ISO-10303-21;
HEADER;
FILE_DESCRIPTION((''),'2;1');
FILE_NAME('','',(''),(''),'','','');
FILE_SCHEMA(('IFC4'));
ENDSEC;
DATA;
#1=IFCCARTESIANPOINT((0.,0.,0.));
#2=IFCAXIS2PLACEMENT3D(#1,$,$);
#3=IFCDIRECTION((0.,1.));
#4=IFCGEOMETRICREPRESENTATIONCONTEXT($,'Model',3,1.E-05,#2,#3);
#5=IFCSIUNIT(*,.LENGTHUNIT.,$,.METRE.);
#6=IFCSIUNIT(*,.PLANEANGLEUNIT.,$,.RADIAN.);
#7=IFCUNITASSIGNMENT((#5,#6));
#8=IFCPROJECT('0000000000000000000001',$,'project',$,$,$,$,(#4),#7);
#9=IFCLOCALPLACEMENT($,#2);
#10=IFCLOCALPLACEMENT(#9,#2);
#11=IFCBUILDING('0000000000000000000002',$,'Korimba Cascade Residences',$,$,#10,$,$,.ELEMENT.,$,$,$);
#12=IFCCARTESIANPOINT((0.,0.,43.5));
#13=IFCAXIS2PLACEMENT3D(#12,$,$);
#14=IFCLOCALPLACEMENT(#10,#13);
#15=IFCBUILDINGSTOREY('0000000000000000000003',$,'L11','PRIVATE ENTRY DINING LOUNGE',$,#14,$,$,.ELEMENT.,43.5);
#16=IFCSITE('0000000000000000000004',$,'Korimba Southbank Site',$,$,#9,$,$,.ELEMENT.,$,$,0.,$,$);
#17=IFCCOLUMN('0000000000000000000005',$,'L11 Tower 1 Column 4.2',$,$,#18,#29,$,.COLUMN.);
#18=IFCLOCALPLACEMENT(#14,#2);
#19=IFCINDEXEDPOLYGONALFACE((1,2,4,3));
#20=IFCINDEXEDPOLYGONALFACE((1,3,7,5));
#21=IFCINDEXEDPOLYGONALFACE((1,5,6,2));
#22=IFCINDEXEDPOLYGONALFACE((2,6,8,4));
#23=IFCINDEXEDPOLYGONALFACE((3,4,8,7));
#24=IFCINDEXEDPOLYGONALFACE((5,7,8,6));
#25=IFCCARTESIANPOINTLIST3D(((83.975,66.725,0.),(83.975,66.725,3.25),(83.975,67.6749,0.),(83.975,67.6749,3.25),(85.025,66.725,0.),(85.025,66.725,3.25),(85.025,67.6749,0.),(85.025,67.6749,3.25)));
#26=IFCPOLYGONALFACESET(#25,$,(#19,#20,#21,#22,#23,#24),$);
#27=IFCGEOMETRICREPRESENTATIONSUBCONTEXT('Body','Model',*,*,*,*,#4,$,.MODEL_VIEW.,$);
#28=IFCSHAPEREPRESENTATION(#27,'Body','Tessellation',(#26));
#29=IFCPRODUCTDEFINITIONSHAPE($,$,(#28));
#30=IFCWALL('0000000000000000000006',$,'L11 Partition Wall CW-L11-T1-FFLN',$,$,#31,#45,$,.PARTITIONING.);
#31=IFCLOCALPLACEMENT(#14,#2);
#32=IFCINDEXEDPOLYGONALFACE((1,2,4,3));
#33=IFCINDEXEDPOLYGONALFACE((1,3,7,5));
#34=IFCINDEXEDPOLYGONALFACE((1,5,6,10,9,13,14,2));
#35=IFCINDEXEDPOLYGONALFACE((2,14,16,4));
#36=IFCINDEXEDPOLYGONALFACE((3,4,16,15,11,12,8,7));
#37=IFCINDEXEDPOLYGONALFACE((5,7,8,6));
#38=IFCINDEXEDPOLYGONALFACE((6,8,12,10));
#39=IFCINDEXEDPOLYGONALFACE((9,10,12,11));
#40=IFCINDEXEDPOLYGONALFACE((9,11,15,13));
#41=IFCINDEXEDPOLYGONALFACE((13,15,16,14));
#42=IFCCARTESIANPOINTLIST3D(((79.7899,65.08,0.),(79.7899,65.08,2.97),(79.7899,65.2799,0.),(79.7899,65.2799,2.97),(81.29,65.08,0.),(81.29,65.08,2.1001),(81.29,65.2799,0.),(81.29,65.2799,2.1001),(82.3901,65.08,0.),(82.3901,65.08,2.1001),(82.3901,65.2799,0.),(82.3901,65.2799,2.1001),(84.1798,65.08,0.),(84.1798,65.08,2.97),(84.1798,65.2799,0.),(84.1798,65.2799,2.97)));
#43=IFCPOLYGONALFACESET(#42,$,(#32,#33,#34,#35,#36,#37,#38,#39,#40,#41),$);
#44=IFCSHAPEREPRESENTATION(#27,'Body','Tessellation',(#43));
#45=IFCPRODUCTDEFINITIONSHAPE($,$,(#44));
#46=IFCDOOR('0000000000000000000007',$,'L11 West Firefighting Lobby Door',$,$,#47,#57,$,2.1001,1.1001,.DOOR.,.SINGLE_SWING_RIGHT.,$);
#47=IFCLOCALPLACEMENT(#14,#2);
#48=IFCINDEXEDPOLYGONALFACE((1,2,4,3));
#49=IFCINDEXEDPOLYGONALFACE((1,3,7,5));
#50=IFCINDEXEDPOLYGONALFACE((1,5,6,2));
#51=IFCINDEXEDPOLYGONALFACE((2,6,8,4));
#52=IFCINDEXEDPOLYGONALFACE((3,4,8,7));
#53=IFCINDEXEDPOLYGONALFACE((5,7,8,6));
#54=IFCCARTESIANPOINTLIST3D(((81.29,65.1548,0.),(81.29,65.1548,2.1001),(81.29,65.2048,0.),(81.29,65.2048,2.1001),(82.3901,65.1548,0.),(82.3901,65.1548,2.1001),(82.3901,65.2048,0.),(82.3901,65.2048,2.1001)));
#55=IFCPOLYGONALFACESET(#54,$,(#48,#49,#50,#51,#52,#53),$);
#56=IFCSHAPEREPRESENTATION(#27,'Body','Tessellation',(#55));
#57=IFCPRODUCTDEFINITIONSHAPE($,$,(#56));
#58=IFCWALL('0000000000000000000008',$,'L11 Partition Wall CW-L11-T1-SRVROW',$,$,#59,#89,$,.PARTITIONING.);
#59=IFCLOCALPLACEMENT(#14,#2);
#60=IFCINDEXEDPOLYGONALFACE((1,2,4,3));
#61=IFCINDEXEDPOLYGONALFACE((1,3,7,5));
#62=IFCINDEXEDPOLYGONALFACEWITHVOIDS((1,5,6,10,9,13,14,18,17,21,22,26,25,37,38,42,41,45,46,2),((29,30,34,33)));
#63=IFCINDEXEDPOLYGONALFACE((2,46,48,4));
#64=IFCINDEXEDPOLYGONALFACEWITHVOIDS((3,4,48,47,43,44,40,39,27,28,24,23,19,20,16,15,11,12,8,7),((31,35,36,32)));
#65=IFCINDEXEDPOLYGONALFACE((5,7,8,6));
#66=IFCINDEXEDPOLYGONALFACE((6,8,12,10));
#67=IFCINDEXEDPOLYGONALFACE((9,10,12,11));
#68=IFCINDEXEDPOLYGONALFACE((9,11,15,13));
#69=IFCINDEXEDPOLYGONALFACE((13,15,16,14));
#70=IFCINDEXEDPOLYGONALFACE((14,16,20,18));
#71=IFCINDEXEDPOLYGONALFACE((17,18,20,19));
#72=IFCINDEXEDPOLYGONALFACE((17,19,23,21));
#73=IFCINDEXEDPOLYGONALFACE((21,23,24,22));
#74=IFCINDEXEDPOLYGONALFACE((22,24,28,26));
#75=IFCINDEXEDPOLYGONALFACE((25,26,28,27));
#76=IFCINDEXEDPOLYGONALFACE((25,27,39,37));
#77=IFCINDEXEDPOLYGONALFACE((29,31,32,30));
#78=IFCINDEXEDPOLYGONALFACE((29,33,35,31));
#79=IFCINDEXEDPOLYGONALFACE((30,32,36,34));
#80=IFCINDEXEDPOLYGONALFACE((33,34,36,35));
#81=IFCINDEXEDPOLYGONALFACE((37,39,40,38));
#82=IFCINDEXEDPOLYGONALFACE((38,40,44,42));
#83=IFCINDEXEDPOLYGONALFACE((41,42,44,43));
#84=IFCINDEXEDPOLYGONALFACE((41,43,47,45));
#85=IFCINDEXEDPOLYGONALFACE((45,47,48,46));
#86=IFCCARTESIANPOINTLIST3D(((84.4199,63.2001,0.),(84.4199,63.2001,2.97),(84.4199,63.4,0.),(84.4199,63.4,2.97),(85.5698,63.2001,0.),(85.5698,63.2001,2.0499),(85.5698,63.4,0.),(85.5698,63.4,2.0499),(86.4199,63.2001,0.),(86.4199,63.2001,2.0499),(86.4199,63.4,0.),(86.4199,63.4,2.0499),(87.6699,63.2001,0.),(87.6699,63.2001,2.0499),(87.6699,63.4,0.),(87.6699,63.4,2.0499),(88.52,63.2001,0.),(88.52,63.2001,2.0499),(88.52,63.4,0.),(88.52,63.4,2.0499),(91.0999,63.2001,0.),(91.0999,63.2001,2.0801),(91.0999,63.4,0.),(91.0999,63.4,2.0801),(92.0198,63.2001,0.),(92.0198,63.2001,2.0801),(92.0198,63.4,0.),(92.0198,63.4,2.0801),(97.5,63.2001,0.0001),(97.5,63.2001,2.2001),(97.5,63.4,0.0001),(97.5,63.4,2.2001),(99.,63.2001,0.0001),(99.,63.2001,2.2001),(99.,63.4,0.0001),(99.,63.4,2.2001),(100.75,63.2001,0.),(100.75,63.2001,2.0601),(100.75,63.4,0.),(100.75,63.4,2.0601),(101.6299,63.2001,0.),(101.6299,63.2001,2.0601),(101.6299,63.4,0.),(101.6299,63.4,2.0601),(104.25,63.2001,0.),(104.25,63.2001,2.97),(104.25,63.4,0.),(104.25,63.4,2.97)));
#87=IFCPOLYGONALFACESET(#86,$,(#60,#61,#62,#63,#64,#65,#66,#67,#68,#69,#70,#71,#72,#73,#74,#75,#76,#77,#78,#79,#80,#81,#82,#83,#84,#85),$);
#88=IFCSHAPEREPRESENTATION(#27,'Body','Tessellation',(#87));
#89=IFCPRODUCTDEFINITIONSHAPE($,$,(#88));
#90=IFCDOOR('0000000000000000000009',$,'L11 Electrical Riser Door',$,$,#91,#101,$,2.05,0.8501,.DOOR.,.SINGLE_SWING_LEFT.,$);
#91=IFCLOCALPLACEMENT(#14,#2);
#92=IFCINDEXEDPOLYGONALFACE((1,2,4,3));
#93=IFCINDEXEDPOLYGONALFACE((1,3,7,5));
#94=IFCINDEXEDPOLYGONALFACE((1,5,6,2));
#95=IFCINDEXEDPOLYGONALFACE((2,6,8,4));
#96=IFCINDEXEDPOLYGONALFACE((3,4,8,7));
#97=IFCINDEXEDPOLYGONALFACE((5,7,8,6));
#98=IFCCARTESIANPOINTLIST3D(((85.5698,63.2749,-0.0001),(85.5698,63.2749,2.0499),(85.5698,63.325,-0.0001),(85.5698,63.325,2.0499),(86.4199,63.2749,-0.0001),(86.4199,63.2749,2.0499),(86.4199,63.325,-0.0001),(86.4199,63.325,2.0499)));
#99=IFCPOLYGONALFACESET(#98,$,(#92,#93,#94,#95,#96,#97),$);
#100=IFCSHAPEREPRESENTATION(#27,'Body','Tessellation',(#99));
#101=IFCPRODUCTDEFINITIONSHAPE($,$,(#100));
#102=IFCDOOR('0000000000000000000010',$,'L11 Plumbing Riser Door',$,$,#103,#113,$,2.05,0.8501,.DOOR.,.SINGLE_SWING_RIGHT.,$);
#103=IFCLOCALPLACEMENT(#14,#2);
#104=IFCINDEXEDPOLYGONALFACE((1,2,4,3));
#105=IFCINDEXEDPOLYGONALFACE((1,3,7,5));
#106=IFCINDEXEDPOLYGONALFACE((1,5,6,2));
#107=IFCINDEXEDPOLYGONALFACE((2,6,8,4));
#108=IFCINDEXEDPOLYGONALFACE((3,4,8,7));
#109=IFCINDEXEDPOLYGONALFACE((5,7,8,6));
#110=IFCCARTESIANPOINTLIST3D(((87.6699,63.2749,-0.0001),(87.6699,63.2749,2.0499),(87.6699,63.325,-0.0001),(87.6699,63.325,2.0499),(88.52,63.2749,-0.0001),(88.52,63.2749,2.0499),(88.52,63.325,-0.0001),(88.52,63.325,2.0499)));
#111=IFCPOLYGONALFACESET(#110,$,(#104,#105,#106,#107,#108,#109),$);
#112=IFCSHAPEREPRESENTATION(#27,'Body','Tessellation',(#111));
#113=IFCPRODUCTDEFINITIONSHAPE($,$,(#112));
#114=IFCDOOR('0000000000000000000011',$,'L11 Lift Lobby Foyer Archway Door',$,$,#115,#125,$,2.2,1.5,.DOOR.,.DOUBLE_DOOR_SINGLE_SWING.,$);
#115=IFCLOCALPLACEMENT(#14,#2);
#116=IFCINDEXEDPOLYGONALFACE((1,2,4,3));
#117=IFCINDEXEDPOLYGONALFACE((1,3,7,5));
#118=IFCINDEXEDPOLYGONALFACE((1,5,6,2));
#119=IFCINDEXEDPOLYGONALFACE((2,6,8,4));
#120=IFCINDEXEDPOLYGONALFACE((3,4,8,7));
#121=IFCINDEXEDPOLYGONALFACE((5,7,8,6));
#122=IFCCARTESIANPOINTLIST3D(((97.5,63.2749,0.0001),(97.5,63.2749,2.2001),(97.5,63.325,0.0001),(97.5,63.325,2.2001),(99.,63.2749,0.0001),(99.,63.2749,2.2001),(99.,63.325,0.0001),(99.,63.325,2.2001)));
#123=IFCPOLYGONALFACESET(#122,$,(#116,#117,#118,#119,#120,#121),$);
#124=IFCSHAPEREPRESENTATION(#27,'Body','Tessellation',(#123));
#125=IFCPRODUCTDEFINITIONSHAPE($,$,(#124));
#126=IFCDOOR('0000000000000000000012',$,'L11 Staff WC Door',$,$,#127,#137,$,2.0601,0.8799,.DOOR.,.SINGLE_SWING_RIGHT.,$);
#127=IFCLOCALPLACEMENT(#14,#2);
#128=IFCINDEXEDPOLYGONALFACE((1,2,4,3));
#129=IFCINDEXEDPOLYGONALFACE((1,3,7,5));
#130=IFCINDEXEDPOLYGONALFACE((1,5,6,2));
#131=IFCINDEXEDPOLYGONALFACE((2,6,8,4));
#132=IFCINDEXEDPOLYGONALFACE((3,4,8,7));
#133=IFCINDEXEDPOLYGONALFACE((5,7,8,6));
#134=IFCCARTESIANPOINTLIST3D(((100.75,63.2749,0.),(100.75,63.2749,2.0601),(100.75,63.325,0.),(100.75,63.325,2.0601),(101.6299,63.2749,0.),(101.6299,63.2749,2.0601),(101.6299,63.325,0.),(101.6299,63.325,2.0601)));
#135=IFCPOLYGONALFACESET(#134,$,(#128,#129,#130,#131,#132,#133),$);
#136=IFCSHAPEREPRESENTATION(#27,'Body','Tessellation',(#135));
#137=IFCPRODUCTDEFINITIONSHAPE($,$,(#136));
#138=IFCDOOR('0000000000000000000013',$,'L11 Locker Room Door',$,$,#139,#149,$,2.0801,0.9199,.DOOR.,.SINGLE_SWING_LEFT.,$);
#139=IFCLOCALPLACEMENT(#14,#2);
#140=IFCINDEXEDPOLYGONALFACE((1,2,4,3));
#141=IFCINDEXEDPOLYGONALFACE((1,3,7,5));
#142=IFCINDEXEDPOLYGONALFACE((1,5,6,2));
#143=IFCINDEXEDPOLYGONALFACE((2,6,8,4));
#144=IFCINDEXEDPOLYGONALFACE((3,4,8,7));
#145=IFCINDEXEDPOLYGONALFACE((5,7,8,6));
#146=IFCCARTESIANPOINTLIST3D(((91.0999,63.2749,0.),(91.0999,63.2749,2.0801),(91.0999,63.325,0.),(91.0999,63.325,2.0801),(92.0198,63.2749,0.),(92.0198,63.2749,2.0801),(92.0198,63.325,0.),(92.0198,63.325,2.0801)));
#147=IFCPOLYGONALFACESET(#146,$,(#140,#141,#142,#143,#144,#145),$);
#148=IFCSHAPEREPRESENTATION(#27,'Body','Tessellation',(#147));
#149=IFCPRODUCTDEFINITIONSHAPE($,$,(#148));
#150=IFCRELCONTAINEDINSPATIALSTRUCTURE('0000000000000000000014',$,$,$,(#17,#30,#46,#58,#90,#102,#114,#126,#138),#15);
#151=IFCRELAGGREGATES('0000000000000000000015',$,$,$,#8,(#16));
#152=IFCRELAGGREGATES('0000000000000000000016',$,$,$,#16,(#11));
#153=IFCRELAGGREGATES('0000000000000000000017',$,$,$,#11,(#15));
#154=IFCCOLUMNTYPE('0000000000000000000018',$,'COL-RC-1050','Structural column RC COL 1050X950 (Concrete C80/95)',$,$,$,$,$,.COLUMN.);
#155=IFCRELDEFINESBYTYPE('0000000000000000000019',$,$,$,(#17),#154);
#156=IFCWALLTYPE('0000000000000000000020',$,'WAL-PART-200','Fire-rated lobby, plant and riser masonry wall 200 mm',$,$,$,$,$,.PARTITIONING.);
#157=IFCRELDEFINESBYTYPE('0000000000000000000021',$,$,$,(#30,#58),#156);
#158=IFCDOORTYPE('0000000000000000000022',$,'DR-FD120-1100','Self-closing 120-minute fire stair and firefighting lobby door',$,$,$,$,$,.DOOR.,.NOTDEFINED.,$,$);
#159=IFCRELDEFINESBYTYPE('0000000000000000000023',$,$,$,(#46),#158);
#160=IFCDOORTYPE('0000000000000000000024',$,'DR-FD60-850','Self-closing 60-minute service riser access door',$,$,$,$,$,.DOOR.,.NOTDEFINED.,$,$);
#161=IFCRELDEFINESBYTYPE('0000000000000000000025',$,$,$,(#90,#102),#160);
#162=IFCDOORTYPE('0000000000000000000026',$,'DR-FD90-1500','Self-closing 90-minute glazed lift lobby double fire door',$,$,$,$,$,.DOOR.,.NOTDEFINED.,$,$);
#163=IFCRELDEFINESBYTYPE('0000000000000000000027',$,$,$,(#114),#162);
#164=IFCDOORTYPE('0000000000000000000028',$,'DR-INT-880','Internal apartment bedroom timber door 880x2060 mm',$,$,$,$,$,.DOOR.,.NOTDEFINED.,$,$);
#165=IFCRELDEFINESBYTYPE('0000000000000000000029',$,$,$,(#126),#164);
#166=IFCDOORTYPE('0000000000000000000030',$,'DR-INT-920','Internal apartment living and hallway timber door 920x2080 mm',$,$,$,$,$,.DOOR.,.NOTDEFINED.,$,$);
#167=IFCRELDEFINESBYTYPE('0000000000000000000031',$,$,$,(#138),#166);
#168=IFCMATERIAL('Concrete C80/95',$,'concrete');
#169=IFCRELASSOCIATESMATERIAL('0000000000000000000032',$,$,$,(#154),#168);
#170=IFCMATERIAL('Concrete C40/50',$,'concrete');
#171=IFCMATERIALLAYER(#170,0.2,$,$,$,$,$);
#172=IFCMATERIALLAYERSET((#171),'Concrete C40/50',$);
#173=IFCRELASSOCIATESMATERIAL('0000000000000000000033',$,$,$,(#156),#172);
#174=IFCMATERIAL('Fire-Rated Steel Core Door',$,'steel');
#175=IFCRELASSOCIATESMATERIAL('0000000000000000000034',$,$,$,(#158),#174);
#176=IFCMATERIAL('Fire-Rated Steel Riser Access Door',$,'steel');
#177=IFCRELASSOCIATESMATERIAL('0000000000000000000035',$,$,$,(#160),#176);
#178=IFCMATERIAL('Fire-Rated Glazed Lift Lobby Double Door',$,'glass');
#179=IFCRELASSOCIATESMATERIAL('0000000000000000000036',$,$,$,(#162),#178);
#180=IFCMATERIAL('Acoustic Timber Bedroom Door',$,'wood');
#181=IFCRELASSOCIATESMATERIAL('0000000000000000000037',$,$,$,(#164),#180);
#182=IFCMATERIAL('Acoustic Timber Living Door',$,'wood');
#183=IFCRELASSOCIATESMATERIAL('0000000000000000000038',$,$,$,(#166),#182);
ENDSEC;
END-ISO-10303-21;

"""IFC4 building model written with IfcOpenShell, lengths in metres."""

from ifc_helpers import new_model, si_unit, direction, frame, frame_2d, origin, origin_2d, place, context, subcontext, project, spatial, rectangle, extrude, material, layer, layer_set, material_profile, profile_set, type_object, element, fill, save


model = new_model("IFC4")

# Units and contexts
model_context = context("Model", 3, precision=1e-05, world=origin(), true_north=direction((0.0, 1.0)))
body_context = subcontext(model_context, "Body", "Model", "MODEL_VIEW")
ifc_project = project(units=[si_unit("LENGTHUNIT", "METRE"), si_unit("PLANEANGLEUNIT", "RADIAN")], contexts=[model_context])

# Site, building, storey
site_placement = place(None, origin())
site = spatial("IfcSite", under=ifc_project, at=site_placement, Name="Korimba Southbank Site", CompositionType="ELEMENT", RefElevation=0.0)
building_placement = place(site_placement, origin())
building = spatial("IfcBuilding", under=site, at=building_placement, Name="Korimba Cascade Residences", CompositionType="ELEMENT")
storey_placement = place(building_placement, frame((0.0, 0.0, 43.5)))
storey = spatial("IfcBuildingStorey", under=building, at=storey_placement, Name="L11", Description="PRIVATE ENTRY DINING LOUNGE", CompositionType="ELEMENT", Elevation=43.5)

# Column
ifc_material_1 = material(Name="Concrete C80/95", Category="concrete")
ifc_material_profile = material_profile(ifc_material_1, rectangle(XDim=1.05, YDim=0.95, at=origin_2d()), Name="Concrete C80/95")
ifc_profile_set = profile_set([ifc_material_profile], Name="Concrete C80/95")
column_type = type_object("IfcColumnType", Name="COL-RC-1050", Description="Structural column RC COL 1050X950 (Concrete C80/95)", PredefinedType="COLUMN", material=ifc_profile_set)
column_placement = place(storey_placement, frame((84.5, 67.2, 0.0), z_axis=(0.0, 0.0, 1.0), x_axis=(1.0, 0.0, 0.0)))
element("IfcColumn", 1, at=column_placement, inside=storey, type_object=column_type, Name="L11 Tower 1 Column 4.2", PredefinedType="COLUMN", context=body_context, shape_type="SweptSolid", body=[
    extrude(rectangle(XDim=1.05, YDim=0.95, at=origin_2d()), origin(), (0.0, 0.0, 1.0), 3.25),
])

# Wall, opening, door
ifc_material_2 = material(Name="Concrete C40/50", Category="concrete")
ifc_layer = layer(ifc_material_2, 0.2)
ifc_layer_set = layer_set([ifc_layer], Name="Concrete C40/50")
wall_type = type_object("IfcWallType", Name="WAL-PART-200", Description="Fire-rated lobby, plant and riser masonry wall 200 mm", PredefinedType="PARTITIONING", material=ifc_layer_set)
wall_1_placement = place(storey_placement, frame((79.79, 65.1799, 0.0), z_axis=(0.0, 0.0, 1.0), x_axis=(1.0, 0.0, 0.0)))
wall_1 = element("IfcWall", 2, at=wall_1_placement, inside=storey, type_object=wall_type, Name="L11 Partition Wall CW-L11-T1-FFLN", PredefinedType="PARTITIONING", context=body_context, shape_type="SweptSolid", body=[
    extrude(rectangle(XDim=4.3899, YDim=0.2, at=frame_2d((2.1948, 0.0))), origin(), (0.0, 0.0, 1.0), 2.97),
])
opening_1_placement = place(wall_1_placement, frame((1.5, 0.0, 0.0)))
opening_1 = element("IfcOpeningElement", 3, at=opening_1_placement, cuts=wall_1, PredefinedType="OPENING", context=body_context, shape_type="SweptSolid", body=[
    extrude(rectangle(XDim=1.1001, YDim=2.1001, at=frame_2d((0.55, 1.05))), frame((0.0, 0.1099, 0.0), z_axis=(0.0, -1.0, 0.0), x_axis=(1.0, 0.0, 0.0)), (0.0, 0.0, 1.0), 0.22),
])
ifc_material_3 = material(Name="Fire-Rated Steel Core Door", Category="steel")
door_type_1 = type_object("IfcDoorType", Name="DR-FD120-1100", Description="Self-closing 120-minute fire stair and firefighting lobby door", OperationType="NOTDEFINED", PredefinedType="DOOR", material=ifc_material_3)
door_1_placement = place(opening_1_placement, origin())
door_1 = element("IfcDoor", 4, at=door_1_placement, inside=storey, type_object=door_type_1, Name="L11 West Firefighting Lobby Door", OperationType="SINGLE_SWING_RIGHT", OverallHeight=2.1001, OverallWidth=1.1001, PredefinedType="DOOR", context=body_context, shape_type="SweptSolid", body=[
    extrude(rectangle(XDim=1.1001, YDim=2.1001, at=frame_2d((0.55, 1.05))), frame((0.0, 0.0249, 0.0), z_axis=(0.0, -1.0, 0.0), x_axis=(1.0, 0.0, 0.0)), (0.0, 0.0, 1.0), 0.05),
])
fill(opening_1, door_1)

# Wall, openings, doors
wall_2_placement = place(storey_placement, frame((84.4199, 63.3, 0.0), z_axis=(0.0, 0.0, 1.0), x_axis=(1.0, 0.0, 0.0)))
wall_2 = element("IfcWall", 5, at=wall_2_placement, inside=storey, type_object=wall_type, Name="L11 Partition Wall CW-L11-T1-SRVROW", PredefinedType="PARTITIONING", context=body_context, shape_type="SweptSolid", body=[
    extrude(rectangle(XDim=19.8301, YDim=0.2, at=frame_2d((9.915, 0.0))), origin(), (0.0, 0.0, 1.0), 2.97),
])
opening_2_placement = place(wall_2_placement, frame((1.1499, 0.0, 0.0)))
opening_2 = element("IfcOpeningElement", 6, at=opening_2_placement, cuts=wall_2, PredefinedType="OPENING", context=body_context, shape_type="SweptSolid", body=[
    extrude(rectangle(XDim=0.8501, YDim=2.05, at=frame_2d((0.425, 1.0249))), frame((0.0, 0.1099, 0.0), z_axis=(0.0, -1.0, 0.0), x_axis=(1.0, 0.0, 0.0)), (0.0, 0.0, 1.0), 0.22),
])
opening_3_placement = place(wall_2_placement, frame((3.25, 0.0, 0.0)))
opening_3 = element("IfcOpeningElement", 7, at=opening_3_placement, cuts=wall_2, PredefinedType="OPENING", context=body_context, shape_type="SweptSolid", body=[
    extrude(rectangle(XDim=0.8501, YDim=2.05, at=frame_2d((0.425, 1.0249))), frame((0.0, 0.1099, 0.0), z_axis=(0.0, -1.0, 0.0), x_axis=(1.0, 0.0, 0.0)), (0.0, 0.0, 1.0), 0.22),
])
opening_4_placement = place(wall_2_placement, frame((13.0801, 0.0, 0.0)))
opening_4 = element("IfcOpeningElement", 8, at=opening_4_placement, cuts=wall_2, PredefinedType="OPENING", context=body_context, shape_type="SweptSolid", body=[
    extrude(rectangle(XDim=1.5, YDim=2.2, at=frame_2d((0.75, 1.1001))), frame((0.0, 0.1099, 0.0), z_axis=(0.0, -1.0, 0.0), x_axis=(1.0, 0.0, 0.0)), (0.0, 0.0, 1.0), 0.22),
])
opening_5_placement = place(wall_2_placement, frame((6.6799, 0.0, 0.0)))
opening_5 = element("IfcOpeningElement", 9, at=opening_5_placement, cuts=wall_2, PredefinedType="OPENING", context=body_context, shape_type="SweptSolid", body=[
    extrude(rectangle(XDim=0.9199, YDim=2.0801, at=frame_2d((0.46, 1.04))), frame((0.0, 0.1099, 0.0), z_axis=(0.0, -1.0, 0.0), x_axis=(1.0, 0.0, 0.0)), (0.0, 0.0, 1.0), 0.22),
])
opening_6_placement = place(wall_2_placement, frame((16.3301, 0.0, 0.0)))
opening_6 = element("IfcOpeningElement", 10, at=opening_6_placement, cuts=wall_2, PredefinedType="OPENING", context=body_context, shape_type="SweptSolid", body=[
    extrude(rectangle(XDim=0.8799, YDim=2.0601, at=frame_2d((0.4399, 1.03))), frame((0.0, 0.1099, 0.0), z_axis=(0.0, -1.0, 0.0), x_axis=(1.0, 0.0, 0.0)), (0.0, 0.0, 1.0), 0.22),
])
ifc_material_4 = material(Name="Fire-Rated Steel Riser Access Door", Category="steel")
door_type_2 = type_object("IfcDoorType", Name="DR-FD60-850", Description="Self-closing 60-minute service riser access door", OperationType="NOTDEFINED", PredefinedType="DOOR", material=ifc_material_4)
door_2_placement = place(opening_2_placement, origin())
door_2 = element("IfcDoor", 11, at=door_2_placement, inside=storey, type_object=door_type_2, Name="L11 Electrical Riser Door", OperationType="SINGLE_SWING_LEFT", OverallHeight=2.05, OverallWidth=0.8501, PredefinedType="DOOR", context=body_context, shape_type="SweptSolid", body=[
    extrude(rectangle(XDim=0.8501, YDim=2.05, at=frame_2d((0.425, 1.0249))), frame((0.0, 0.0249, 0.0), z_axis=(0.0, -1.0, 0.0), x_axis=(1.0, 0.0, 0.0)), (0.0, 0.0, 1.0), 0.05),
])
fill(opening_2, door_2)
door_3_placement = place(opening_3_placement, origin())
door_3 = element("IfcDoor", 12, at=door_3_placement, inside=storey, type_object=door_type_2, Name="L11 Plumbing Riser Door", OperationType="SINGLE_SWING_RIGHT", OverallHeight=2.05, OverallWidth=0.8501, PredefinedType="DOOR", context=body_context, shape_type="SweptSolid", body=[
    extrude(rectangle(XDim=0.8501, YDim=2.05, at=frame_2d((0.425, 1.0249))), frame((0.0, 0.0249, 0.0), z_axis=(0.0, -1.0, 0.0), x_axis=(1.0, 0.0, 0.0)), (0.0, 0.0, 1.0), 0.05),
])
fill(opening_3, door_3)
ifc_material_5 = material(Name="Fire-Rated Glazed Lift Lobby Double Door", Category="glass")
door_type_3 = type_object("IfcDoorType", Name="DR-FD90-1500", Description="Self-closing 90-minute glazed lift lobby double fire door", OperationType="NOTDEFINED", PredefinedType="DOOR", material=ifc_material_5)
door_4_placement = place(opening_4_placement, origin())
door_4 = element("IfcDoor", 13, at=door_4_placement, inside=storey, type_object=door_type_3, Name="L11 Lift Lobby Foyer Archway Door", OperationType="DOUBLE_DOOR_SINGLE_SWING", OverallHeight=2.2, OverallWidth=1.5, PredefinedType="DOOR", context=body_context, shape_type="SweptSolid", body=[
    extrude(rectangle(XDim=1.5, YDim=2.2, at=frame_2d((0.75, 1.1001))), frame((0.0, 0.0249, 0.0), z_axis=(0.0, -1.0, 0.0), x_axis=(1.0, 0.0, 0.0)), (0.0, 0.0, 1.0), 0.05),
])
fill(opening_4, door_4)
ifc_material_6 = material(Name="Acoustic Timber Bedroom Door", Category="wood")
door_type_4 = type_object("IfcDoorType", Name="DR-INT-880", Description="Internal apartment bedroom timber door 880x2060 mm", OperationType="NOTDEFINED", PredefinedType="DOOR", material=ifc_material_6)
door_5_placement = place(opening_6_placement, origin())
door_5 = element("IfcDoor", 14, at=door_5_placement, inside=storey, type_object=door_type_4, Name="L11 Staff WC Door", OperationType="SINGLE_SWING_RIGHT", OverallHeight=2.0601, OverallWidth=0.8799, PredefinedType="DOOR", context=body_context, shape_type="SweptSolid", body=[
    extrude(rectangle(XDim=0.8799, YDim=2.0601, at=frame_2d((0.4399, 1.03))), frame((0.0, 0.0249, 0.0), z_axis=(0.0, -1.0, 0.0), x_axis=(1.0, 0.0, 0.0)), (0.0, 0.0, 1.0), 0.05),
])
fill(opening_6, door_5)
ifc_material_7 = material(Name="Acoustic Timber Living Door", Category="wood")
door_type_5 = type_object("IfcDoorType", Name="DR-INT-920", Description="Internal apartment living and hallway timber door 920x2080 mm", OperationType="NOTDEFINED", PredefinedType="DOOR", material=ifc_material_7)
door_6_placement = place(opening_5_placement, origin())
door_6 = element("IfcDoor", 15, at=door_6_placement, inside=storey, type_object=door_type_5, Name="L11 Locker Room Door", OperationType="SINGLE_SWING_LEFT", OverallHeight=2.0801, OverallWidth=0.9199, PredefinedType="DOOR", context=body_context, shape_type="SweptSolid", body=[
    extrude(rectangle(XDim=0.9199, YDim=2.0801, at=frame_2d((0.46, 1.04))), frame((0.0, 0.0249, 0.0), z_axis=(0.0, -1.0, 0.0), x_axis=(1.0, 0.0, 0.0)), (0.0, 0.0, 1.0), 0.05),
])
fill(opening_5, door_6)

save(model, "model.ifc")
